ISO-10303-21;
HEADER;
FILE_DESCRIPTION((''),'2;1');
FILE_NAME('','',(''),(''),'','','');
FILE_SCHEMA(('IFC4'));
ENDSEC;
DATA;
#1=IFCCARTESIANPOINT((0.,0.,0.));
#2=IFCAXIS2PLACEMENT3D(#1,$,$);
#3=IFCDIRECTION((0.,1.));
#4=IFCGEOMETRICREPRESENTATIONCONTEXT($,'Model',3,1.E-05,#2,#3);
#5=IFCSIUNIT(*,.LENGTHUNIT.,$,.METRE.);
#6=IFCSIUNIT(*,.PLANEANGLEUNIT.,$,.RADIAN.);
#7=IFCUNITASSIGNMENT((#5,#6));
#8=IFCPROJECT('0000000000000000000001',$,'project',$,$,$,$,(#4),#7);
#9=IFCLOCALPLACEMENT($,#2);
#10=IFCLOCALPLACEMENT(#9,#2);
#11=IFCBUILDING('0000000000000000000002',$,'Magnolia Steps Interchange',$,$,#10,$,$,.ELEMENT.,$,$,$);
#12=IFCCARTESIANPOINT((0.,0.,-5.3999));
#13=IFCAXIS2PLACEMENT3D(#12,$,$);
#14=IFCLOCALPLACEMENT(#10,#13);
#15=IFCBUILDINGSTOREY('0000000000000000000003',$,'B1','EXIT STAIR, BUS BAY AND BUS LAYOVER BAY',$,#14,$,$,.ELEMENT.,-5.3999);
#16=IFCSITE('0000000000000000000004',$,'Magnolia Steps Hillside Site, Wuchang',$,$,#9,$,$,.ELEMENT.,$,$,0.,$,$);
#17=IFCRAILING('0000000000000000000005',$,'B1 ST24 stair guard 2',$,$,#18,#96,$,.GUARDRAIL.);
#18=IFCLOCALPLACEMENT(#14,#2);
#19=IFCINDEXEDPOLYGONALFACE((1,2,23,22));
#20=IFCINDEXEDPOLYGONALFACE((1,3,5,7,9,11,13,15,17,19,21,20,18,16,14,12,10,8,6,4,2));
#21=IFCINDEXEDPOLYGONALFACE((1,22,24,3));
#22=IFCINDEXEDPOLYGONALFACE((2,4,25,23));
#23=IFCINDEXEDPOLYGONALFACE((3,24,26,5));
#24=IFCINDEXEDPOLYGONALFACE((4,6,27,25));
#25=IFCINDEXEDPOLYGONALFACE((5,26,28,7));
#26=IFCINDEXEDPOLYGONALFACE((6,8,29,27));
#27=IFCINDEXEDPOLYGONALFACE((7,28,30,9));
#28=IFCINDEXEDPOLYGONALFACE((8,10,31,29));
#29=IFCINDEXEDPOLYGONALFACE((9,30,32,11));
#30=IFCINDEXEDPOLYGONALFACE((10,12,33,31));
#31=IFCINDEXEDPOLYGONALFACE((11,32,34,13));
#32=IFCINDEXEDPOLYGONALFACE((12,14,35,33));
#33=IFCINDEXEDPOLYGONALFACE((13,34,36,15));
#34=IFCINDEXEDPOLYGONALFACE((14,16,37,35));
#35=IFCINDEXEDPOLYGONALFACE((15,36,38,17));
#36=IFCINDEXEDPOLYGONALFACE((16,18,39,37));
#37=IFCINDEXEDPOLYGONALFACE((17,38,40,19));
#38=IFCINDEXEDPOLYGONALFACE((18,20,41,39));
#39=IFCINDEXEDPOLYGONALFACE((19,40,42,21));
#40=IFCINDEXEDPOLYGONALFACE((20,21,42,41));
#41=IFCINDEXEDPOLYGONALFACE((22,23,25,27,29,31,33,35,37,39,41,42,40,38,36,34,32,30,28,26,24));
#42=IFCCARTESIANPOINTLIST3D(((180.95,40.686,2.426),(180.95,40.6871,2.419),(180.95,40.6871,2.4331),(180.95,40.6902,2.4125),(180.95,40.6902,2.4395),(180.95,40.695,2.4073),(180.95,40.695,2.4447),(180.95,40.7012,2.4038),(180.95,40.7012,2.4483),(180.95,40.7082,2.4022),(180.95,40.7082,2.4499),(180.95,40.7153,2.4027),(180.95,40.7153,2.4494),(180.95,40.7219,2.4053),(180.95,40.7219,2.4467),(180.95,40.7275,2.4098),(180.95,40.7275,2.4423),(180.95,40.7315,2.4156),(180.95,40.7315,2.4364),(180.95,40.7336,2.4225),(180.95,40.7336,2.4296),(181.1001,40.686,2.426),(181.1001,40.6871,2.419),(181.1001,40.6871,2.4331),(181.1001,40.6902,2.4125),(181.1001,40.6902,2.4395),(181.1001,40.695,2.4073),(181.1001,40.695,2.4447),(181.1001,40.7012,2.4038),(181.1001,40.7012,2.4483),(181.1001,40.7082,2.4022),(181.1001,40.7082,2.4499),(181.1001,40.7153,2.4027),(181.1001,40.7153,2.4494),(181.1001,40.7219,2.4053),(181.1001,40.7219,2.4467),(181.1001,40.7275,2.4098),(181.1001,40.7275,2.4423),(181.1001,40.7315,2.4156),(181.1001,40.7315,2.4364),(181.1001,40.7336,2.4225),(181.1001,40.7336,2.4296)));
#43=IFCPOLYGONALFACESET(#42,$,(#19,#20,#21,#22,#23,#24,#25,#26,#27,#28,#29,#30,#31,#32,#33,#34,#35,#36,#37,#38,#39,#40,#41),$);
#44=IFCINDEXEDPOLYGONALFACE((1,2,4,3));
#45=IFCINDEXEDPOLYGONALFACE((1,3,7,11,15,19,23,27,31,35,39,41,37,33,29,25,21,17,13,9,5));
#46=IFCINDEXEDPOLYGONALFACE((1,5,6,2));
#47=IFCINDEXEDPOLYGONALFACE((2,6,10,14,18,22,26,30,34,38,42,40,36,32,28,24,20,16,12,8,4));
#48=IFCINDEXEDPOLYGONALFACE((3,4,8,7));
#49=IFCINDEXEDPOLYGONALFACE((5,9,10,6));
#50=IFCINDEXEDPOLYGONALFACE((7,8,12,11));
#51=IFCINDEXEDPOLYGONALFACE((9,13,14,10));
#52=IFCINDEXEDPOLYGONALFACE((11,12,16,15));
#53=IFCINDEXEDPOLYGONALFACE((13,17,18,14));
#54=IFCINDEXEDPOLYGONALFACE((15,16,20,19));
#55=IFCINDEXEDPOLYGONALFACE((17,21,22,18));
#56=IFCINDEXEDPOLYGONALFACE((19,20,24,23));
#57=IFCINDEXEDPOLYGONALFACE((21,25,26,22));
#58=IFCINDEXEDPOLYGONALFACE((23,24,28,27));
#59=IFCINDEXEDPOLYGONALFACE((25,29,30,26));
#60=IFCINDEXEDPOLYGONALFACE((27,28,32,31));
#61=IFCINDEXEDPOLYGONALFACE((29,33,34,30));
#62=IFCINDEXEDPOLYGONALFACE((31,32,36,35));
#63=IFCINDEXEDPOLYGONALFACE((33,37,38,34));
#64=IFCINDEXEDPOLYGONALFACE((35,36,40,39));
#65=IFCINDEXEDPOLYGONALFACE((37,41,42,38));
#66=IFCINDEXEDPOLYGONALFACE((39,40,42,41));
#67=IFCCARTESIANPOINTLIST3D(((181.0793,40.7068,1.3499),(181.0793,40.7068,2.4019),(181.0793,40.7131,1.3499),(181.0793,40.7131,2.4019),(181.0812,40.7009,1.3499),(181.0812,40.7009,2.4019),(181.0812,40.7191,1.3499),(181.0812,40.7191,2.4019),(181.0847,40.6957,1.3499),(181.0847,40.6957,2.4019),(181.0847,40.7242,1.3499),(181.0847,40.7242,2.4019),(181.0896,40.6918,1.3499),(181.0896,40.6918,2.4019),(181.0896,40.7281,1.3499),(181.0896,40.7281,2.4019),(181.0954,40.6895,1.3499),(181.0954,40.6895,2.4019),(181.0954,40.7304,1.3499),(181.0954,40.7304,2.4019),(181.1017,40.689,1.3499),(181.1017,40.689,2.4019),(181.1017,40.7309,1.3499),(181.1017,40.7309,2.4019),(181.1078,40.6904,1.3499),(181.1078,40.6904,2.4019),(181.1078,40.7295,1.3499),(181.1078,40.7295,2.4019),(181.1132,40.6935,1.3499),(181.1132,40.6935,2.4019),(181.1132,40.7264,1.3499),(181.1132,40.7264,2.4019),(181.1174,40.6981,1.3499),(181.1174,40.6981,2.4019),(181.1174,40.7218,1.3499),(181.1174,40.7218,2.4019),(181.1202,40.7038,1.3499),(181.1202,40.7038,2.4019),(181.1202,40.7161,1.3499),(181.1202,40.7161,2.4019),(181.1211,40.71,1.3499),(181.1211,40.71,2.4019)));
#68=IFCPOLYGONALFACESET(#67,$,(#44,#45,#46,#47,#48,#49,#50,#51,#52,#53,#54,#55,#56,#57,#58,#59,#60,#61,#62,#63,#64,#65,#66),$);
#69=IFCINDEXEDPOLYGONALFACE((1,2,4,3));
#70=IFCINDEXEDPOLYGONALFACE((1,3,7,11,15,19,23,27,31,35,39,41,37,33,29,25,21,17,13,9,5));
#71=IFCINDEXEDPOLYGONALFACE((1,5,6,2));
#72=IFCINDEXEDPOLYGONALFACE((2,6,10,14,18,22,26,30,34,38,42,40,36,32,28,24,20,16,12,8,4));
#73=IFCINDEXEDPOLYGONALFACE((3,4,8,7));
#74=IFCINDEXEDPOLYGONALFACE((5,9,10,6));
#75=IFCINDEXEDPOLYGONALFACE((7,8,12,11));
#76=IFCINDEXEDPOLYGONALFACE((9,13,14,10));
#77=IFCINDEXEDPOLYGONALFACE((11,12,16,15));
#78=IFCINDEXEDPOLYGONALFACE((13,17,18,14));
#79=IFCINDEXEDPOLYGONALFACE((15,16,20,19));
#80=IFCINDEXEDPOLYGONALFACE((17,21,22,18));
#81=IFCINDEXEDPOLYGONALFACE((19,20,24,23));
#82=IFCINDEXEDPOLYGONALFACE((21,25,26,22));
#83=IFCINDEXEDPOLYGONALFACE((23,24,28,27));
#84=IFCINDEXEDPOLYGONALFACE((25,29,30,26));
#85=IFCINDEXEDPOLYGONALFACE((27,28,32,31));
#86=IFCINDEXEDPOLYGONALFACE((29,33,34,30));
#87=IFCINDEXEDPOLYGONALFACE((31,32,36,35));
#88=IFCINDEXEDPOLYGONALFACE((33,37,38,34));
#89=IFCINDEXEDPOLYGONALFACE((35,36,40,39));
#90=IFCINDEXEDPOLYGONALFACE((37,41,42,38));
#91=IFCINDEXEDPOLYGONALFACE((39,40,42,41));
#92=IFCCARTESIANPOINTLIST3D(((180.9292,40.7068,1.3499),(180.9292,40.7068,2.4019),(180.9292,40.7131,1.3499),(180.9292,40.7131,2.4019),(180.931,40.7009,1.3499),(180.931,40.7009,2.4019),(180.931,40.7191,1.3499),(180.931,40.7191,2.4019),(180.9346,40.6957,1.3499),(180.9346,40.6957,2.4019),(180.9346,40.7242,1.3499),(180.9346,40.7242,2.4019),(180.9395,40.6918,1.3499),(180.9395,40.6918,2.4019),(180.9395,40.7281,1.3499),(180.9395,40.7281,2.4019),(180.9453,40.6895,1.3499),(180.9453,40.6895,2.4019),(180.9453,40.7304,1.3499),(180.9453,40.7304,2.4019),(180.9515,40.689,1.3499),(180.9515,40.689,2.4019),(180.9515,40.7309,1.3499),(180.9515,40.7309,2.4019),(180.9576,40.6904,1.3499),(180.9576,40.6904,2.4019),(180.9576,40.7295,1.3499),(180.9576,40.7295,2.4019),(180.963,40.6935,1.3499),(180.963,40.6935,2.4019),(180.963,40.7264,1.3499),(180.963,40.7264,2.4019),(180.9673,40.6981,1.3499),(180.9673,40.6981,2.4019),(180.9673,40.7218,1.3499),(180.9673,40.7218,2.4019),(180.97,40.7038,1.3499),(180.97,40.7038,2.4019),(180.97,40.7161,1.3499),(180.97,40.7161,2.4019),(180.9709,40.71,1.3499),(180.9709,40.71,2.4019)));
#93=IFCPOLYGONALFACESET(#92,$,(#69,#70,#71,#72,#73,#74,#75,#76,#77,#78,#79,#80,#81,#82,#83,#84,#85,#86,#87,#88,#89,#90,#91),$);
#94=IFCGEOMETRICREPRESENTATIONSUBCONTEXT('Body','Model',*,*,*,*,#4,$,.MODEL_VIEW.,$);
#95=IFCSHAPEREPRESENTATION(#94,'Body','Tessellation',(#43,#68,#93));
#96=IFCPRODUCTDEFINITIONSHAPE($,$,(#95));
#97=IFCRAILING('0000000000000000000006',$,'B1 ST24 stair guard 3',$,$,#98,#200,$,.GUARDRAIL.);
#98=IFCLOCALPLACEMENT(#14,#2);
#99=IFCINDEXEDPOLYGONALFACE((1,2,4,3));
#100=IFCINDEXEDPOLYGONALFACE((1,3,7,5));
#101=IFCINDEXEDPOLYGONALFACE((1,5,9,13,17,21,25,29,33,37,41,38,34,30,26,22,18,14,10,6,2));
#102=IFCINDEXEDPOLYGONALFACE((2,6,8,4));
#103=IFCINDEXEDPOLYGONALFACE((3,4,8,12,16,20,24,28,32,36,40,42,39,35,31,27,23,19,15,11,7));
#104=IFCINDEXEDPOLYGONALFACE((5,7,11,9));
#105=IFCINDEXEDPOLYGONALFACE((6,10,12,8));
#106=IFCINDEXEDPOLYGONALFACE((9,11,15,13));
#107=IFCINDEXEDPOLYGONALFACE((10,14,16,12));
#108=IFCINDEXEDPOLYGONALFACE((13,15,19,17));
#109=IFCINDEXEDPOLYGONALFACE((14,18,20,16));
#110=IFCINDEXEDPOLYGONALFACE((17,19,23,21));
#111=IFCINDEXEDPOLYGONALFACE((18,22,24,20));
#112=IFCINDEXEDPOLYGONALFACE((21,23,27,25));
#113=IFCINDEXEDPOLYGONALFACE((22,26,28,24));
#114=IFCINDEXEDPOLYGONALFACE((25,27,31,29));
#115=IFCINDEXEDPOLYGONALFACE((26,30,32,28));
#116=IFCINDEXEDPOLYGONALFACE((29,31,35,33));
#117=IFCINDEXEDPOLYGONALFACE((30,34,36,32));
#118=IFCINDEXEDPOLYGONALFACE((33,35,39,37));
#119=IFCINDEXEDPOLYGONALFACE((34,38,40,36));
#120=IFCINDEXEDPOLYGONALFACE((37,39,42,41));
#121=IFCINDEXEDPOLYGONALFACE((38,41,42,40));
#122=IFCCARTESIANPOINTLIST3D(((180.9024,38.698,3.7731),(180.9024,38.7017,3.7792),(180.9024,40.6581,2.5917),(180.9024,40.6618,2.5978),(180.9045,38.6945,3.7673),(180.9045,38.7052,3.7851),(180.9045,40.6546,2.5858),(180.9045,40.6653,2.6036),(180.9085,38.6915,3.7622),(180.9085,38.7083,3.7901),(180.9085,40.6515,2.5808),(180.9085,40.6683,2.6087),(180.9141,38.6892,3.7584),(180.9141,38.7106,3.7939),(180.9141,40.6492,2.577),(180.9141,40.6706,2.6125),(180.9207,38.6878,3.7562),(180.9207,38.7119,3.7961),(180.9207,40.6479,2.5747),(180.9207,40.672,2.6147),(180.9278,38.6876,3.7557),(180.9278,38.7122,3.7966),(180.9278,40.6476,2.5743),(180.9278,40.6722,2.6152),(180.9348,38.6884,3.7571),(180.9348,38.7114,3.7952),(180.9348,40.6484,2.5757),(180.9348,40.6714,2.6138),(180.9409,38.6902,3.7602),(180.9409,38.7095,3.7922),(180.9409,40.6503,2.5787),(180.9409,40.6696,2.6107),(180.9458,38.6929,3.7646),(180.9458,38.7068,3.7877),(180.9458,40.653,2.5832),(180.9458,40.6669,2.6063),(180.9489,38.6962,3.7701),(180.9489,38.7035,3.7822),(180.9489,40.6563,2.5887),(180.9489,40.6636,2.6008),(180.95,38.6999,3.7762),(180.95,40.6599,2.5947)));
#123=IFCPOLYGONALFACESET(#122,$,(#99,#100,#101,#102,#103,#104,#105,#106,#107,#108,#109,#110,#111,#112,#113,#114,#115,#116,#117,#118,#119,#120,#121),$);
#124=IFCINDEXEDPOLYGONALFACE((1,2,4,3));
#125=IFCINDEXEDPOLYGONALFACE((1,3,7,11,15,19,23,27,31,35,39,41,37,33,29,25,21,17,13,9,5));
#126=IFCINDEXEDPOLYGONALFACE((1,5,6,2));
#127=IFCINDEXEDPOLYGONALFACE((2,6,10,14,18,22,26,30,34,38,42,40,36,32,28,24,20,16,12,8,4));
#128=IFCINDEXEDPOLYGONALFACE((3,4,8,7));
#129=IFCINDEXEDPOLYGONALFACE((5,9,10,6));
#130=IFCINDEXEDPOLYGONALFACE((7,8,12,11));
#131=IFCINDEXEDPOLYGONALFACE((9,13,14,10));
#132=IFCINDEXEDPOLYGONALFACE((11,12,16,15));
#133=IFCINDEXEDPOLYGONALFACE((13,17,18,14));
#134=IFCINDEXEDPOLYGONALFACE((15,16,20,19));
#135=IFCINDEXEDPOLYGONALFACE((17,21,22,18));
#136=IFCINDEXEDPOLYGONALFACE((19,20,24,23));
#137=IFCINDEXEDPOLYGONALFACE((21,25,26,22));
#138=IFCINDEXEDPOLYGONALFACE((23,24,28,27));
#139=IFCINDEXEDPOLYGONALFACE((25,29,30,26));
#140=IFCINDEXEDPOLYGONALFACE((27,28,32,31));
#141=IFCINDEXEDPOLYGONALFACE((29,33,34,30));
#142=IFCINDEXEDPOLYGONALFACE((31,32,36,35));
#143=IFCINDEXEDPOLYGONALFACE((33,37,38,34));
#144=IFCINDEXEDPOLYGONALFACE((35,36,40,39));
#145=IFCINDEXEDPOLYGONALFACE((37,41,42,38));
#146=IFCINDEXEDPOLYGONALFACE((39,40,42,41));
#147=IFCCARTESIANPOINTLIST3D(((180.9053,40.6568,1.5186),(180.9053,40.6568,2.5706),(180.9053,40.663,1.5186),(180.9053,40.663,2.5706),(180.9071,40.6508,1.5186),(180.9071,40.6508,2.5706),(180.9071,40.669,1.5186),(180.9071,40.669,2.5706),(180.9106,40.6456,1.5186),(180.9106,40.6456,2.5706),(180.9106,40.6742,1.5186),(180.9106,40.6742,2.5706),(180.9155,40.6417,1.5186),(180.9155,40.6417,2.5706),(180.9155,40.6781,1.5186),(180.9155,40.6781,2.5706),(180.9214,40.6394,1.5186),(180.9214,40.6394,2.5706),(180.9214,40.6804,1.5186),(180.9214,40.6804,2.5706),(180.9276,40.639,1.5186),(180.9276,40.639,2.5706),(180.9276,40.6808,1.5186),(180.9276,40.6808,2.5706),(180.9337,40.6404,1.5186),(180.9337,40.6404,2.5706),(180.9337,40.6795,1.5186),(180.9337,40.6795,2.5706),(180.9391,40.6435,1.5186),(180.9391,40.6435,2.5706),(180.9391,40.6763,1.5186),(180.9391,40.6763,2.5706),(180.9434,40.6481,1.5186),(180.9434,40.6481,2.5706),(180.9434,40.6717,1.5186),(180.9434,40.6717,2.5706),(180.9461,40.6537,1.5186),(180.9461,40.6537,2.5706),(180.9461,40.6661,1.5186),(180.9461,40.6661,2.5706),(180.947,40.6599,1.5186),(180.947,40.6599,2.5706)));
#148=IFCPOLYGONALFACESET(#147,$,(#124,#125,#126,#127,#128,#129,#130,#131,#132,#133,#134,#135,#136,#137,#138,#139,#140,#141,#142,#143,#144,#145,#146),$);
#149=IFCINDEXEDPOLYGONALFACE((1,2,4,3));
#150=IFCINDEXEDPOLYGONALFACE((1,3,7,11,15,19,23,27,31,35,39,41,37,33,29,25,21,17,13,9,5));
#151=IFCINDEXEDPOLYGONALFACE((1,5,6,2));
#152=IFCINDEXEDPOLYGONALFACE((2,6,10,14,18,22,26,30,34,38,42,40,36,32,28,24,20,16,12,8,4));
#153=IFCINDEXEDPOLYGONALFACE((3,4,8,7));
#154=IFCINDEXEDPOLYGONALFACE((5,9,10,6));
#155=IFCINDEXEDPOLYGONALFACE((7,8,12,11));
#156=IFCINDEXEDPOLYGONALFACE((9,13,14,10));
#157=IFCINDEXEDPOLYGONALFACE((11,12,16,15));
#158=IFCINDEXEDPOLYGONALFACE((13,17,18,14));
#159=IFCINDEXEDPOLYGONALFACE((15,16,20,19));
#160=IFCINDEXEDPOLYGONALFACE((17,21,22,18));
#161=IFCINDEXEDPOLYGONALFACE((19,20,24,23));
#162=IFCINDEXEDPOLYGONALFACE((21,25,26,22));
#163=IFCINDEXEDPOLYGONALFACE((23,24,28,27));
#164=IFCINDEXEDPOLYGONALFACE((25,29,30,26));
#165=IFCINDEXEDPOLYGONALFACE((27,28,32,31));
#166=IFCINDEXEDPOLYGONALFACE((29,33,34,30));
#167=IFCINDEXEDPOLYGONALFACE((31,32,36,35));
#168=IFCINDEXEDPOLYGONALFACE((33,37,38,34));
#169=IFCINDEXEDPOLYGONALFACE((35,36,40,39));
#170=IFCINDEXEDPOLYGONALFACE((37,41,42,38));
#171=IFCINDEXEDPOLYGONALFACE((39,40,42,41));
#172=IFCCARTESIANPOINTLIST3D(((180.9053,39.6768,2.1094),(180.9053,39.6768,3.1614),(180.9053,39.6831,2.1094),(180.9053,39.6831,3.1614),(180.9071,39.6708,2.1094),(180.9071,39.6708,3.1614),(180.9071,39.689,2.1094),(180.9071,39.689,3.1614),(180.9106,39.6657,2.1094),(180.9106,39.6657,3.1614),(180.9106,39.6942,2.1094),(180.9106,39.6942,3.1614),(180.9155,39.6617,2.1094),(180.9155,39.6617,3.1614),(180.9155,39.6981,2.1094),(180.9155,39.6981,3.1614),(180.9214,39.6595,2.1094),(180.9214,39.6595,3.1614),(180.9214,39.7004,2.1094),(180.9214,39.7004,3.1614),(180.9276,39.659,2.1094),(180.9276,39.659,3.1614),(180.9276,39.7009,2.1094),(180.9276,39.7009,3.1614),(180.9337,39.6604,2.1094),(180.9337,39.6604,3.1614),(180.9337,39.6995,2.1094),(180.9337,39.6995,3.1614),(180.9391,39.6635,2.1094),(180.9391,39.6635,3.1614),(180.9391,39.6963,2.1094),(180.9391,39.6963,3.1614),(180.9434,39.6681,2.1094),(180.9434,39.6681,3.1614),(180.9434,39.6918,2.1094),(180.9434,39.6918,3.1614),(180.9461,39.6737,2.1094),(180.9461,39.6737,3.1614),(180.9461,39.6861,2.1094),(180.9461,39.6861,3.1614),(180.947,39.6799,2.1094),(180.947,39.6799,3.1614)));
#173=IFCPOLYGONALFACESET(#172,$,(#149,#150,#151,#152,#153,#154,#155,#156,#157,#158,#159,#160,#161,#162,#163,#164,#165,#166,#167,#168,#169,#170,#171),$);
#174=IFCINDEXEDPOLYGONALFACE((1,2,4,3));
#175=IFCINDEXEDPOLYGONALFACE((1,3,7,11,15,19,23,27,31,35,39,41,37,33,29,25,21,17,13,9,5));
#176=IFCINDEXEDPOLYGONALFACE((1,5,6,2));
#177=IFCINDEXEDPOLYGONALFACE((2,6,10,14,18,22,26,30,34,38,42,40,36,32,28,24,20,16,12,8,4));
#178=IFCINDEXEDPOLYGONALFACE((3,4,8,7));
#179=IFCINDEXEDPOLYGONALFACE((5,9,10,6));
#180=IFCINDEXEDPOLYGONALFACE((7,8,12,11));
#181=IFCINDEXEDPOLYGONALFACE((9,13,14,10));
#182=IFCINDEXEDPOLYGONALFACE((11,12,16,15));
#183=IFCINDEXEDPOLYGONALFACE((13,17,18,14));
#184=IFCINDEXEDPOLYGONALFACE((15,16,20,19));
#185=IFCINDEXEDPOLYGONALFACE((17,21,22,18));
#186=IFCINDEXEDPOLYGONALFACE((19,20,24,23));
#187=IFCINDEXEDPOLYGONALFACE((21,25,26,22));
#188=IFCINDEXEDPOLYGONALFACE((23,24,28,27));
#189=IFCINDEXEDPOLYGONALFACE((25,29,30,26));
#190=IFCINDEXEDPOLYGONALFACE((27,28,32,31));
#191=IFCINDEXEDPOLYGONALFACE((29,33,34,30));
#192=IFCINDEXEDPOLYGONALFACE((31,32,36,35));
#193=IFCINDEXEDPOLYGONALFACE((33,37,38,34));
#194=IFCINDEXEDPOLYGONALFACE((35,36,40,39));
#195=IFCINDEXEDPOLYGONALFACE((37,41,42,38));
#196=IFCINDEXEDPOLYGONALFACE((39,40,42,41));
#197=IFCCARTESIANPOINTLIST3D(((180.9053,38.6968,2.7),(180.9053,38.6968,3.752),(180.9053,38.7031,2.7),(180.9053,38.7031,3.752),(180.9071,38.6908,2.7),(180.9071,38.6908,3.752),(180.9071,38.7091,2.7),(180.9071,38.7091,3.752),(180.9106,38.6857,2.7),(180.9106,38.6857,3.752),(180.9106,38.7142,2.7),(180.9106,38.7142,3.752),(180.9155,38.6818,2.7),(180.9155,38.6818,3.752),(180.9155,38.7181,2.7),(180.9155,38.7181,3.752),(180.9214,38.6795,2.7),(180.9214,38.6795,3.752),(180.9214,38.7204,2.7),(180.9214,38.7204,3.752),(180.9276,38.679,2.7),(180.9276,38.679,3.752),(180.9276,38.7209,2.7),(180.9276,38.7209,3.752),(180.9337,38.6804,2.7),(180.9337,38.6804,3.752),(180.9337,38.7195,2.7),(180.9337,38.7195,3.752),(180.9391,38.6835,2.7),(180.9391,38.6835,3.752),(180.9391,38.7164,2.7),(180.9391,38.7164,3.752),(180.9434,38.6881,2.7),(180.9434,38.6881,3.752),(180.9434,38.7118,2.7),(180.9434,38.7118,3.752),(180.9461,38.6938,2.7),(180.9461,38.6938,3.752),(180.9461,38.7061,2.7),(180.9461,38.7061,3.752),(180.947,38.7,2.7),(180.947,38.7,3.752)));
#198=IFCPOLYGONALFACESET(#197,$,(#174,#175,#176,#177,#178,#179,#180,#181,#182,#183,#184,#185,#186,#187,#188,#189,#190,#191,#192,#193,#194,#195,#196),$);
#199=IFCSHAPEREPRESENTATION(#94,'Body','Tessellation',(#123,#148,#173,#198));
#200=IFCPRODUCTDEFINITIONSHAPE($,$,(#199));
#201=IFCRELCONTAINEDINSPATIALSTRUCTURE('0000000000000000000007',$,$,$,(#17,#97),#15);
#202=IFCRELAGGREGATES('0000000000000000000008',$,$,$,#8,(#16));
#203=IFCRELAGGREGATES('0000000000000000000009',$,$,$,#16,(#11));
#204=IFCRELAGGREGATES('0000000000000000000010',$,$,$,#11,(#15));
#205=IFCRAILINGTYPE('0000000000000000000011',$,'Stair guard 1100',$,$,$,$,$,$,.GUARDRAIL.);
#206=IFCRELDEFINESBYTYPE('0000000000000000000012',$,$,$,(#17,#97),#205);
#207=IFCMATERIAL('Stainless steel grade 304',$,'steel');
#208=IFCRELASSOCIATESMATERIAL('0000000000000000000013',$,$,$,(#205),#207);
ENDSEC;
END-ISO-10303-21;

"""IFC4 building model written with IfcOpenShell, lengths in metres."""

from ifc_helpers import new_model, si_unit, direction, frame, origin, origin_2d, place, context, subcontext, project, spatial, circle, extrude, material, type_object, element, save


model = new_model("IFC4")

# Units and contexts
model_context = context("Model", 3, precision=1e-05, world=origin(), true_north=direction((0.0, 1.0)))
body_context = subcontext(model_context, "Body", "Model", "MODEL_VIEW")
ifc_project = project(units=[si_unit("LENGTHUNIT", "METRE"), si_unit("PLANEANGLEUNIT", "RADIAN")], contexts=[model_context])

# Site, building, storey
site_placement = place(None, origin())
site = spatial("IfcSite", under=ifc_project, at=site_placement, Name="Magnolia Steps Hillside Site, Wuchang", CompositionType="ELEMENT", RefElevation=0.0)
building_placement = place(site_placement, origin())
building = spatial("IfcBuilding", under=site, at=building_placement, Name="Magnolia Steps Interchange", CompositionType="ELEMENT")
storey_placement = place(building_placement, frame((0.0, 0.0, -5.3999)))
storey = spatial("IfcBuildingStorey", under=building, at=storey_placement, Name="B1", Description="EXIT STAIR, BUS BAY AND BUS LAYOVER BAY", CompositionType="ELEMENT", Elevation=-5.3999)

# Railings
ifc_material_1 = material(Name="Stainless steel grade 304", Category="steel")
railing_type_1 = type_object("IfcRailingType", Name="Stair guard 1100", PredefinedType="GUARDRAIL", material=ifc_material_1)
railing_1_placement = place(storey_placement, frame((181.1001, 40.71, 1.3499)))
element("IfcRailing", 1, at=railing_1_placement, inside=storey, type_object=railing_type_1, Name="B1 ST24 stair guard 2", PredefinedType="GUARDRAIL", context=body_context, shape_type="SweptSolid", body=[
    extrude(circle(Radius=0.0239, at=origin_2d()), frame((0.0, 0.0, 1.0762), z_axis=(-1.0, 0.0, 0.0), x_axis=(0.0, -1.0, 0.0)), (0.0, 0.0, 1.0), 0.1501),
    extrude(circle(Radius=0.021, at=origin_2d()), origin(), (0.0, 0.0, 1.0), 1.052),
    extrude(circle(Radius=0.021, at=origin_2d()), frame((-0.1501, 0.0, 0.0)), (0.0, 0.0, 1.0), 1.052),
])
railing_2_placement = place(storey_placement, frame((180.926, 40.6599, 1.5186)))
element("IfcRailing", 2, at=railing_2_placement, inside=storey, type_object=railing_type_1, Name="B1 ST24 stair guard 3", PredefinedType="GUARDRAIL", context=body_context, shape_type="SweptSolid", body=[
    extrude(circle(Radius=0.0239, at=origin_2d()), frame((0.0, 0.0, 1.0762), z_axis=(0.0, -0.856446, 0.516236), x_axis=(1.0, 0.0, 0.0)), (0.0, 0.0, 1.0), 2.2886),
    extrude(circle(Radius=0.021, at=origin_2d()), origin(), (0.0, 0.0, 1.0), 1.052),
    extrude(circle(Radius=0.021, at=origin_2d()), frame((0.0, -0.98, 0.5908)), (0.0, 0.0, 1.0), 1.052),
    extrude(circle(Radius=0.021, at=origin_2d()), frame((0.0, -1.96, 1.1814)), (0.0, 0.0, 1.0), 1.052),
])

save(model, "model.ifc")
